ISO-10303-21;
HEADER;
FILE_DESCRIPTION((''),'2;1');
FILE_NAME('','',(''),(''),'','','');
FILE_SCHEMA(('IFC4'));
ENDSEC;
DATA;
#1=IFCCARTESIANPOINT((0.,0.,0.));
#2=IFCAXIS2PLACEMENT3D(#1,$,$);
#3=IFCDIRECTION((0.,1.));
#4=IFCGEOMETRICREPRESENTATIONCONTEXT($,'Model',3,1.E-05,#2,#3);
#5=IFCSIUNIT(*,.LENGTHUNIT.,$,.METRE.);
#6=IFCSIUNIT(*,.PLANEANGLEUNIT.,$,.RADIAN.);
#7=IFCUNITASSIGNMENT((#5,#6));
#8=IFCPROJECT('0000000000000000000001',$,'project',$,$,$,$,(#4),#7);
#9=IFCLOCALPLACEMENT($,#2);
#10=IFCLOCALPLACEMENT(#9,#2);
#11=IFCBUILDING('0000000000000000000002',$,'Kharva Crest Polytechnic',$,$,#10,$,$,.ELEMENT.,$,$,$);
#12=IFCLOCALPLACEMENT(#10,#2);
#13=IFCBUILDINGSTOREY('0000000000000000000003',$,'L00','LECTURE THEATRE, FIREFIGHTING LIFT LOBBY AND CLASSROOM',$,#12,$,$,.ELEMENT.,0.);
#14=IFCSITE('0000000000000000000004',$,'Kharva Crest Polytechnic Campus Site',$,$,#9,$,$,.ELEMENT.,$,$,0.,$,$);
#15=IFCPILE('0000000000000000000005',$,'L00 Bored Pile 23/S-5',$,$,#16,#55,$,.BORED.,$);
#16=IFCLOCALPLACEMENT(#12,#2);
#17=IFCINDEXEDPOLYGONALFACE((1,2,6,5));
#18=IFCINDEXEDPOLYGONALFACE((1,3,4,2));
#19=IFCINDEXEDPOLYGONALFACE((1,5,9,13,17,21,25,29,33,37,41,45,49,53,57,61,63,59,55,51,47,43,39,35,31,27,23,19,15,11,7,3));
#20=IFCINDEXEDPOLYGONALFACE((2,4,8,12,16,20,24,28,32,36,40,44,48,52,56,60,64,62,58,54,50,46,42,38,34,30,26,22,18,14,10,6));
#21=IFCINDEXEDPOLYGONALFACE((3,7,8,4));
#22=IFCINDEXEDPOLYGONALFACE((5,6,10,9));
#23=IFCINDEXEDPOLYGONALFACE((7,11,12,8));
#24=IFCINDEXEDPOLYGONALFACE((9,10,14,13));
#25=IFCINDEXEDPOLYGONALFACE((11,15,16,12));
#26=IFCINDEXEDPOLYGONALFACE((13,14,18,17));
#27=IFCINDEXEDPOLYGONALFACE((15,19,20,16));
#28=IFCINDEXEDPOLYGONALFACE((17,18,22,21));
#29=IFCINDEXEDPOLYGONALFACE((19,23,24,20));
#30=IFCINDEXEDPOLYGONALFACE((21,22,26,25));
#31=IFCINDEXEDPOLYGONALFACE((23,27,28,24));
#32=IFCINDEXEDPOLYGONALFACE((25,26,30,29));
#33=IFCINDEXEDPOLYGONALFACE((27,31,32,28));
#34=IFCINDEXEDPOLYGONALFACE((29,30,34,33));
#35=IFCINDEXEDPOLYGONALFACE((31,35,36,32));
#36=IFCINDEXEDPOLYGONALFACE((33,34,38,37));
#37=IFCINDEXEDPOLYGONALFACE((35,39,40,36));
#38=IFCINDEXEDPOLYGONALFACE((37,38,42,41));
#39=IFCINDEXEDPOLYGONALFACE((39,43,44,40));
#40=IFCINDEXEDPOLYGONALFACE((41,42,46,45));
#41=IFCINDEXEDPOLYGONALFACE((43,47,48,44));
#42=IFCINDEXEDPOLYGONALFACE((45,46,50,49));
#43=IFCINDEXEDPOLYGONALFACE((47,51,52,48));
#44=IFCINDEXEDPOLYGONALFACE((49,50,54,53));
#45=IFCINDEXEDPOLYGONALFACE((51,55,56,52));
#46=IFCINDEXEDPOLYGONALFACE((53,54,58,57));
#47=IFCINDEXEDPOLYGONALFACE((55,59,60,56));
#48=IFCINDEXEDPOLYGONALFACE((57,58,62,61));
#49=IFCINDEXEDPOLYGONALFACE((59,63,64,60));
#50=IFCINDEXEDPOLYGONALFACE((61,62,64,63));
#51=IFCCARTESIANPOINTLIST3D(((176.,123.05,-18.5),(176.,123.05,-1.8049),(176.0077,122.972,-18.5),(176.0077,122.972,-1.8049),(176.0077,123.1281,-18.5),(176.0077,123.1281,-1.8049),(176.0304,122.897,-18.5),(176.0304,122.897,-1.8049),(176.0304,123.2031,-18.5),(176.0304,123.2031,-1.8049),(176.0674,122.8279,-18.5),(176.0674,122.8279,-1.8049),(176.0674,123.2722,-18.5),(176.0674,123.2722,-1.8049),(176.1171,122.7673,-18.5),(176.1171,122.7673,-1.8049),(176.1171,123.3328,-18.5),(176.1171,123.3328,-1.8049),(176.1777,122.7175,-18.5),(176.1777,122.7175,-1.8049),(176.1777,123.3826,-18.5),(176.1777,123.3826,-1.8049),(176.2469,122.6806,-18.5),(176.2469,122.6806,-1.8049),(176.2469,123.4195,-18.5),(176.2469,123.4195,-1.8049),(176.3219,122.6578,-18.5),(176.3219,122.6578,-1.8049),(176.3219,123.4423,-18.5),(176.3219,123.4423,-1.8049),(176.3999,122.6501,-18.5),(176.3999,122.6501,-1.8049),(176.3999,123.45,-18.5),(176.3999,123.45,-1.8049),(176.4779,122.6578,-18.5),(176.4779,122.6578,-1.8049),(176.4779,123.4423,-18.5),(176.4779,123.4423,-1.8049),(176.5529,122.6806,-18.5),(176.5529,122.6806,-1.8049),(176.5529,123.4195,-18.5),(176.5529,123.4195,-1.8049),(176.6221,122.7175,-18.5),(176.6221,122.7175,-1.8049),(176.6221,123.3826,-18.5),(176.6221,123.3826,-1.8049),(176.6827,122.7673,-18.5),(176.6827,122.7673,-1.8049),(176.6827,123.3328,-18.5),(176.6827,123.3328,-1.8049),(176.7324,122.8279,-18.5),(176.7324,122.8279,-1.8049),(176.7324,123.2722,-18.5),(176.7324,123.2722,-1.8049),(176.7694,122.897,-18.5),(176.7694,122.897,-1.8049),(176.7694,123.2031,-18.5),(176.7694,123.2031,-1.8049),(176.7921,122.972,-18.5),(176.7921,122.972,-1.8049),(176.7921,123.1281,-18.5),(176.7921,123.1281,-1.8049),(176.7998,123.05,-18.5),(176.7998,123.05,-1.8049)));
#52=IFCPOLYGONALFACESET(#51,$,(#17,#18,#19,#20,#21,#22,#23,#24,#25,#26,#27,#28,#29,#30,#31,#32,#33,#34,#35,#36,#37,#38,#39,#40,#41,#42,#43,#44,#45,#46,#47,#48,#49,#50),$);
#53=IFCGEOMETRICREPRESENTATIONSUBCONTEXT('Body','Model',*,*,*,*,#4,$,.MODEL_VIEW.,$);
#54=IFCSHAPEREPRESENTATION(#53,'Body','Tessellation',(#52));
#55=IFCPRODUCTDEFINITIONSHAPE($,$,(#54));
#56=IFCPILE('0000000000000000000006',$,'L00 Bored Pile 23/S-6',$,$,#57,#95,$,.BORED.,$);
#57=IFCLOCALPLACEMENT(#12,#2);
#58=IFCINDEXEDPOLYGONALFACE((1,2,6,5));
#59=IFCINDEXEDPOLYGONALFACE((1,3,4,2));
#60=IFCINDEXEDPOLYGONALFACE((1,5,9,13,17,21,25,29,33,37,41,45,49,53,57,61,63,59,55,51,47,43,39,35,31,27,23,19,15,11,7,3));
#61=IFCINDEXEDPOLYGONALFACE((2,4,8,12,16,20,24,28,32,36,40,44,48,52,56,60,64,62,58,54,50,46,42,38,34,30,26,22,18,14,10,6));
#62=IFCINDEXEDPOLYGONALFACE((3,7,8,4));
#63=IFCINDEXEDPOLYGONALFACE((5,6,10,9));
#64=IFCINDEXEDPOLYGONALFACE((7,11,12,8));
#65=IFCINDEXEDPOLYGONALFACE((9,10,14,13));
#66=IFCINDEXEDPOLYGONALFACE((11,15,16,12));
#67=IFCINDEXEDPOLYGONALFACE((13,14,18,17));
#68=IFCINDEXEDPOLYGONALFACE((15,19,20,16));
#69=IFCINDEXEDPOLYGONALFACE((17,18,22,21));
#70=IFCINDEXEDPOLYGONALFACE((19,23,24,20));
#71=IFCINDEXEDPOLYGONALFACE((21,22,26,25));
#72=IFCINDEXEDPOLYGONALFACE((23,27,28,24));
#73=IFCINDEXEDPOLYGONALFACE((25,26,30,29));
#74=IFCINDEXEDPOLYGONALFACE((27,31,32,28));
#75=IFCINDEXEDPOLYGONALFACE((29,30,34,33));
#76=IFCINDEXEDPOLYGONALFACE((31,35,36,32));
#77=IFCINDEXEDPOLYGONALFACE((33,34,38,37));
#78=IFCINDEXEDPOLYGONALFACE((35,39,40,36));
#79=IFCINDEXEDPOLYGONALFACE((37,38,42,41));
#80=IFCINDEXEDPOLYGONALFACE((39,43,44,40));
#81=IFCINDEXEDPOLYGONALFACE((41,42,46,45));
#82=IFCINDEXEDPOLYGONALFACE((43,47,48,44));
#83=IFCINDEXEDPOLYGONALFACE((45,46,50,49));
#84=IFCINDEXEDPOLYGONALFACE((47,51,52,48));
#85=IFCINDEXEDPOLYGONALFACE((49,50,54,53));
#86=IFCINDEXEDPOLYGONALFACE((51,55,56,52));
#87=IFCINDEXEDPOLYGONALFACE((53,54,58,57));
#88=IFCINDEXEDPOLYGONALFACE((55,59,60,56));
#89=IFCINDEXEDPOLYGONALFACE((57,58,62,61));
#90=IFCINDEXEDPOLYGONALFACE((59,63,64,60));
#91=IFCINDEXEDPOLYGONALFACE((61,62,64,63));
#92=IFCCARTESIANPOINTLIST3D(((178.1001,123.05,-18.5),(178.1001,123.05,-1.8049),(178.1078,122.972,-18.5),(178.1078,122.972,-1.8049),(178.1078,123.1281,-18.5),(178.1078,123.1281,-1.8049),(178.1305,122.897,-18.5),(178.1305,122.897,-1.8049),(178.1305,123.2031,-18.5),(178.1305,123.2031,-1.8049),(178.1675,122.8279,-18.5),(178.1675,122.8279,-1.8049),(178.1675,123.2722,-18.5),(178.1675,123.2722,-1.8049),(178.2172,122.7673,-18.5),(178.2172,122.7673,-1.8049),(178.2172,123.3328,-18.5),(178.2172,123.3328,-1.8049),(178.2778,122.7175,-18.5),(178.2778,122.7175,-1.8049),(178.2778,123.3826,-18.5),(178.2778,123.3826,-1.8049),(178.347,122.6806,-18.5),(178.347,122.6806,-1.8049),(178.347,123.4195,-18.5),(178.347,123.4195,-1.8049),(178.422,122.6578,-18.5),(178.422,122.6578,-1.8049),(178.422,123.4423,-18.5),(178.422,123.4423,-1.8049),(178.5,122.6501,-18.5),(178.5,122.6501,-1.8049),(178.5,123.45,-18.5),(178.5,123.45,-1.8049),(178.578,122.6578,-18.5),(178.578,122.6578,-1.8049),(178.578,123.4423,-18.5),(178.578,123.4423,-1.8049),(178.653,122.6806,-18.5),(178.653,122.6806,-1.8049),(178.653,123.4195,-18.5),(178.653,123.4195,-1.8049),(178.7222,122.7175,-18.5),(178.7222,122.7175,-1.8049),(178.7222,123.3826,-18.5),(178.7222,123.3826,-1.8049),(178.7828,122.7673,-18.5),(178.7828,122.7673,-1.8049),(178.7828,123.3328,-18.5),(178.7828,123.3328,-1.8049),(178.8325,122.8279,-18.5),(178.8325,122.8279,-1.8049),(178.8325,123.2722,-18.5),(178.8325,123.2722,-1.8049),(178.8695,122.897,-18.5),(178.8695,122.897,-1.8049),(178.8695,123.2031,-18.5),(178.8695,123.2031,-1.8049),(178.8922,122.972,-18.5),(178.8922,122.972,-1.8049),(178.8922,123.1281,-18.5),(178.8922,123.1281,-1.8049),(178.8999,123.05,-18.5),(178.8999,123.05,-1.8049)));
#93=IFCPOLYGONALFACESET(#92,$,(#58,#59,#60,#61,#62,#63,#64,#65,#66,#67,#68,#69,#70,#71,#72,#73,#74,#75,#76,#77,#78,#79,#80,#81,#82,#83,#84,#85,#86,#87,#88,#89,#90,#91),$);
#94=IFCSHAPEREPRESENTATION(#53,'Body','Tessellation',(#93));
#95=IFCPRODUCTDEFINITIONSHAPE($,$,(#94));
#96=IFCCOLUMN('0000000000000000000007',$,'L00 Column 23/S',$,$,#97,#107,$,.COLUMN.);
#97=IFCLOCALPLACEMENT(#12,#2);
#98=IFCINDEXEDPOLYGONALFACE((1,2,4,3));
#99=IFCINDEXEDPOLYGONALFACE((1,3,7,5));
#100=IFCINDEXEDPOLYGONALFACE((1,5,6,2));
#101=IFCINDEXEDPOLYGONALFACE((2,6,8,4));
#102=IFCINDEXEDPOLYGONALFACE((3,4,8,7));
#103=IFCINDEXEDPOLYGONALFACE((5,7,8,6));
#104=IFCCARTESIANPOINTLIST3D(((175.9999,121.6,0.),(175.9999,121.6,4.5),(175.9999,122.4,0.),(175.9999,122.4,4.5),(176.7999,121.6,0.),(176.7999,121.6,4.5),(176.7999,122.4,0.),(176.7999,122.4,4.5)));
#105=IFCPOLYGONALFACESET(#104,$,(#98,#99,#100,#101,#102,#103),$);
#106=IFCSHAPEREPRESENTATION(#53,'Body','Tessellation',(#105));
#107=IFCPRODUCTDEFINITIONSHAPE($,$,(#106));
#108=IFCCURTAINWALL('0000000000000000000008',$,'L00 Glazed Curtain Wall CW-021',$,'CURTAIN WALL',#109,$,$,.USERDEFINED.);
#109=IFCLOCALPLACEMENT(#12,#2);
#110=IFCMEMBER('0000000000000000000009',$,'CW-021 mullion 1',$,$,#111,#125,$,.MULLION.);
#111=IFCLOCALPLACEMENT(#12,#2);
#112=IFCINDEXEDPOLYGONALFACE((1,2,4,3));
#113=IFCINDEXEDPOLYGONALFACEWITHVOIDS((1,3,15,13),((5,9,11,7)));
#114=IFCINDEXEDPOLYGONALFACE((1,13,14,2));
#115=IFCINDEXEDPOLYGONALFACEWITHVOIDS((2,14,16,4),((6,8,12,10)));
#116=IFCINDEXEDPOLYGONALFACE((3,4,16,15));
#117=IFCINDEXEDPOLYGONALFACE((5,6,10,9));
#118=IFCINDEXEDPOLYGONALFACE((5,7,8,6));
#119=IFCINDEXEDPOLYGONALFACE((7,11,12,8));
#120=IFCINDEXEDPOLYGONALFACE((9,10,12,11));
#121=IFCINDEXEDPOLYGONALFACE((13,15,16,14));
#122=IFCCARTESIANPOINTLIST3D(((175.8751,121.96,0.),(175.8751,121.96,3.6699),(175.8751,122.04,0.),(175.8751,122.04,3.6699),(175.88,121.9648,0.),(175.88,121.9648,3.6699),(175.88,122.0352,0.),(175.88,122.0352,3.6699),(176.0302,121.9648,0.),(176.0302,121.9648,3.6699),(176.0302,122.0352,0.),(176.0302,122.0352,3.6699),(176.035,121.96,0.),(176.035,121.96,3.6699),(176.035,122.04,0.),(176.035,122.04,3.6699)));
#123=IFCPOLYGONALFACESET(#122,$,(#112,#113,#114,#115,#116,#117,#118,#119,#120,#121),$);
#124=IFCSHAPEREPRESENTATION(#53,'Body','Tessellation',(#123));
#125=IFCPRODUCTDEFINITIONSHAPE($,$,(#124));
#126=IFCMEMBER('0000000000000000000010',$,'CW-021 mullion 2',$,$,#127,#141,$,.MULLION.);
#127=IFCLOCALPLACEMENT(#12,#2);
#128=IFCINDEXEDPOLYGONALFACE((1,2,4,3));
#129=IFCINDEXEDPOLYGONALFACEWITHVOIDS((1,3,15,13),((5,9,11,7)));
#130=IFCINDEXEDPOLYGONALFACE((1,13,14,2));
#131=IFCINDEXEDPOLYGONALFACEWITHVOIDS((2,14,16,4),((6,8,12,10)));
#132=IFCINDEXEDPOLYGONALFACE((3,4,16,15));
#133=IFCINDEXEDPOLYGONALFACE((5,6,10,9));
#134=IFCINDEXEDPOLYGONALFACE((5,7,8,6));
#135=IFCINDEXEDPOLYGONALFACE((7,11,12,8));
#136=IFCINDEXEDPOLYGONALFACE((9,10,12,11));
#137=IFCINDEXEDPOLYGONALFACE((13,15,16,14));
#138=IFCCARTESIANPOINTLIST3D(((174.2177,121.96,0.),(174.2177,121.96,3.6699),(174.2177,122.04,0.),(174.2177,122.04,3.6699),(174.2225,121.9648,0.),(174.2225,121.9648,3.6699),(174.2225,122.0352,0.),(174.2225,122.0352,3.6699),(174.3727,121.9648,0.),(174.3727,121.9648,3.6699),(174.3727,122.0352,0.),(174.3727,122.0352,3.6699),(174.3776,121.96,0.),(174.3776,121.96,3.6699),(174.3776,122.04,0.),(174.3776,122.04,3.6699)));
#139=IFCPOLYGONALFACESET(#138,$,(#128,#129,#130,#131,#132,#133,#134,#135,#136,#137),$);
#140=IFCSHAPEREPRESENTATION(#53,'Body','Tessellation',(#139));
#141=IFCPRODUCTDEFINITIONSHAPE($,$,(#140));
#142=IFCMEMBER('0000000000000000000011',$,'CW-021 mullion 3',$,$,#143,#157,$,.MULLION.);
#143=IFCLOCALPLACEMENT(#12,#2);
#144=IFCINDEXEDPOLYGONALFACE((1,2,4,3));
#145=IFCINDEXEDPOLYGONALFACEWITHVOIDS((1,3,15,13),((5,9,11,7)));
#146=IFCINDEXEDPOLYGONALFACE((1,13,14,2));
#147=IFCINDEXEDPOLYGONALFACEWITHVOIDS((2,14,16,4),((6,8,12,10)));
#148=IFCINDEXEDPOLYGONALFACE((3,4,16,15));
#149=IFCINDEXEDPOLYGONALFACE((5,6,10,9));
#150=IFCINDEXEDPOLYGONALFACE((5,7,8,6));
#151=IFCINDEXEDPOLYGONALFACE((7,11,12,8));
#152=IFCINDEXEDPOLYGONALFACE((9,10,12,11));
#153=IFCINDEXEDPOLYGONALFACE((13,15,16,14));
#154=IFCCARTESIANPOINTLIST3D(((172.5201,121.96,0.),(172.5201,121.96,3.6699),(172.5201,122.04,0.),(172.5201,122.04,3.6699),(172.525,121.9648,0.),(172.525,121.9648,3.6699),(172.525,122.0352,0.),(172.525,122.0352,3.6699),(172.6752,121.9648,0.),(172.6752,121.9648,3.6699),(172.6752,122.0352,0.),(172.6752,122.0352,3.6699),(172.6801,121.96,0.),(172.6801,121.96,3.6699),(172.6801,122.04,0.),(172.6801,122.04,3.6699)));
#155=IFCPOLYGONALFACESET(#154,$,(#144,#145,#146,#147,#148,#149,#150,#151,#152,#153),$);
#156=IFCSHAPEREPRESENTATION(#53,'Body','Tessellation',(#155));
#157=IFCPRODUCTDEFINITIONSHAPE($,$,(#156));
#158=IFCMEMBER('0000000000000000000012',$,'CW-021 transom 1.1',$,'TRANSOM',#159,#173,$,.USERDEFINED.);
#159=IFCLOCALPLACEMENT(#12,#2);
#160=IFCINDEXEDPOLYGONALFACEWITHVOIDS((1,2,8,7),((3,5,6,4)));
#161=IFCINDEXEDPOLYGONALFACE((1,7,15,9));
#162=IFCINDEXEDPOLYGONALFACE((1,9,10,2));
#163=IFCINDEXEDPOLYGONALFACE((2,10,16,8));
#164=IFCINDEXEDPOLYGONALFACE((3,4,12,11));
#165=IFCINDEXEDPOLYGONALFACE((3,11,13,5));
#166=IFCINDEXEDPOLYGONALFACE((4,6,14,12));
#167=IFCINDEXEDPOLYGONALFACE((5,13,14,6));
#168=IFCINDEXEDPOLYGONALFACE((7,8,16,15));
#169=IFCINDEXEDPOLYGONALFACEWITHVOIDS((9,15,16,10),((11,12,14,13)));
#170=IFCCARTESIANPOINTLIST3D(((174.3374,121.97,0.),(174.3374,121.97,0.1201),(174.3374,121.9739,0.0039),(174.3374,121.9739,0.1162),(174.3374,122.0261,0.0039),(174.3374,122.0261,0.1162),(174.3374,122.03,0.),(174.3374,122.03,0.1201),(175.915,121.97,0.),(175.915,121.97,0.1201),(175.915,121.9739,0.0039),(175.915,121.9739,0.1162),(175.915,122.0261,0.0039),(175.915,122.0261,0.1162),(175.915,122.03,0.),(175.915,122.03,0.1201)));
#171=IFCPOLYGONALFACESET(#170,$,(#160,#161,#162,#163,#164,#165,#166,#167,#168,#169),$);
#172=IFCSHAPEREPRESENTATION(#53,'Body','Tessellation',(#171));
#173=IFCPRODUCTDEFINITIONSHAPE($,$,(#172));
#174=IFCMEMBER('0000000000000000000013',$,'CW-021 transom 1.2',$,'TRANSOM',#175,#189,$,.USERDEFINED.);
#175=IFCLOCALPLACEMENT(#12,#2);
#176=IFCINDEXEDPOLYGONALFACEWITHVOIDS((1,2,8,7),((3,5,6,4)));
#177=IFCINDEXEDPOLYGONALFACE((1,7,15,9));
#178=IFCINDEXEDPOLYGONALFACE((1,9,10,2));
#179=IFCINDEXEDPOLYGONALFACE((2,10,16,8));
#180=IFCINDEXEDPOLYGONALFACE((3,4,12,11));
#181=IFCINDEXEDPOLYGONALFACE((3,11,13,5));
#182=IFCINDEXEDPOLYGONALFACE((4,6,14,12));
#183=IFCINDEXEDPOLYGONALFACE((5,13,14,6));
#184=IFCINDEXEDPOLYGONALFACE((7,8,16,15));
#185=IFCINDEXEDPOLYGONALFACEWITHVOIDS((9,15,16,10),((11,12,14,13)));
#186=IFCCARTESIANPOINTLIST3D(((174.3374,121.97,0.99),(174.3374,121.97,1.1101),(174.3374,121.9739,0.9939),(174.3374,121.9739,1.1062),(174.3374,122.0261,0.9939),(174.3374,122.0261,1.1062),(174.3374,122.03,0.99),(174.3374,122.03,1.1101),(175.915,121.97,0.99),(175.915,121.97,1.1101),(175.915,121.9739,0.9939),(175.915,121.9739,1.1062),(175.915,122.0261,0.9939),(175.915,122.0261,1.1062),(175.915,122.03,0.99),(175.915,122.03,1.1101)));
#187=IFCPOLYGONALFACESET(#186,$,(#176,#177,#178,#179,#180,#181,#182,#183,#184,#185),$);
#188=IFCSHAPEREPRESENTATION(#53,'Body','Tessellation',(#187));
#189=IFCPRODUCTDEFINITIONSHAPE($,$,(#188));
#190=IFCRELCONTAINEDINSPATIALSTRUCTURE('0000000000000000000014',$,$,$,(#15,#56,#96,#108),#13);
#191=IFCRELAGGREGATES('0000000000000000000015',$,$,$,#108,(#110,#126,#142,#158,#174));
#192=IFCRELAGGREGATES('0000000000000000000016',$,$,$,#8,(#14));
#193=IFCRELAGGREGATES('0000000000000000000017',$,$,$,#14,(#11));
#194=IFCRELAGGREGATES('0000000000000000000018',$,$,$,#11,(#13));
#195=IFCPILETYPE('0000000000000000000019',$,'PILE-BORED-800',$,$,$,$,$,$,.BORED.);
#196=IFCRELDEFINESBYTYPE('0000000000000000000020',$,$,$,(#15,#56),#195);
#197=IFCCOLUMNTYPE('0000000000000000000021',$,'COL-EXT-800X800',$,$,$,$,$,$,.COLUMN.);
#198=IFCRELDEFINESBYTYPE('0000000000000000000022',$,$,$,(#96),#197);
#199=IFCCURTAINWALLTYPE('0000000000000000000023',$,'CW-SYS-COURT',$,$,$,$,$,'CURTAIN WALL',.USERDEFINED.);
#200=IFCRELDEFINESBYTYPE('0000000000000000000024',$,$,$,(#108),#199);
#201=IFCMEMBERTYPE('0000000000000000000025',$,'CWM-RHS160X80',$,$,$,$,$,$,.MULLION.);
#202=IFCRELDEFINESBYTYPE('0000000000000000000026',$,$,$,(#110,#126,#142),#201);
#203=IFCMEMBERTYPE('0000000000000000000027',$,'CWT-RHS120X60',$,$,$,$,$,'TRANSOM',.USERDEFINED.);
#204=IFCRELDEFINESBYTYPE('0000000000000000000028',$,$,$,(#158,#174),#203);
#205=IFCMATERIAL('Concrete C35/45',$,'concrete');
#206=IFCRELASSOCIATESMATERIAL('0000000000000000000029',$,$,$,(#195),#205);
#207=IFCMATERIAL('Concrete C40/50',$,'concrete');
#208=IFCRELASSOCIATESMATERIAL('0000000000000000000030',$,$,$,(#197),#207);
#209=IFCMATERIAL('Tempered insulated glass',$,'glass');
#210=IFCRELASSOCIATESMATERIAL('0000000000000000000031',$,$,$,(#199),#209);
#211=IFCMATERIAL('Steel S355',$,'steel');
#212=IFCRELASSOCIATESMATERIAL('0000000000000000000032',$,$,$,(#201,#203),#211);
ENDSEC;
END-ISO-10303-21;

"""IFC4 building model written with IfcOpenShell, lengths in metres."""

from ifc_helpers import new_model, si_unit, direction, frame, origin, origin_2d, place, context, subcontext, project, spatial, rectangle, hollow_rectangle, circle, extrude, material, material_profile, profile_set, type_object, element, aggregate, save


model = new_model("IFC4")

# Units and contexts
model_context = context("Model", 3, precision=1e-05, world=origin(), true_north=direction((0.0, 1.0)))
body_context = subcontext(model_context, "Body", "Model", "MODEL_VIEW")
ifc_project = project(units=[si_unit("LENGTHUNIT", "METRE"), si_unit("PLANEANGLEUNIT", "RADIAN")], contexts=[model_context])

# Site, building, storey
site_placement = place(None, origin())
site = spatial("IfcSite", under=ifc_project, at=site_placement, Name="Kharva Crest Polytechnic Campus Site", CompositionType="ELEMENT", RefElevation=0.0)
building_placement = place(site_placement, origin())
building = spatial("IfcBuilding", under=site, at=building_placement, Name="Kharva Crest Polytechnic", CompositionType="ELEMENT")
storey_placement = place(building_placement, origin())
storey = spatial("IfcBuildingStorey", under=building, at=storey_placement, Name="L00", Description="LECTURE THEATRE, FIREFIGHTING LIFT LOBBY AND CLASSROOM", CompositionType="ELEMENT", Elevation=0.0)

# Shared definitions
ifc_material_1 = material(Name="Concrete C35/45", Category="concrete")

# Piles
ifc_material_profile_1 = material_profile(ifc_material_1, circle(Radius=0.3999, at=origin_2d()), Name="DIA 800")
ifc_profile_set_1 = profile_set([ifc_material_profile_1], Name="Concrete C35/45")
pile_type = type_object("IfcPileType", Name="PILE-BORED-800", PredefinedType="BORED", material=ifc_profile_set_1)
for number, where, z_axis, x_axis, name in (
    (1, (176.3999, 123.05, -1.8049), (0.0, 0.0, -1.0), (1.0, 0.0, 0.0), "L00 Bored Pile 23/S-5"),
    (2, (178.5, 123.05, -1.8049), (0.0, 0.0, -1.0), (1.0, 0.0, 0.0), "L00 Bored Pile 23/S-6"),
):
    element("IfcPile", number, at=place(storey_placement, frame(where, z_axis=z_axis, x_axis=x_axis)), inside=storey, type_object=pile_type, Name=name, PredefinedType="BORED", context=body_context, shape_type="SweptSolid", body=[
        extrude(circle(Radius=0.3999, at=origin_2d()), origin(), (0.0, 0.0, 1.0), 16.6951),
    ])

# Column
ifc_material_2 = material(Name="Concrete C40/50", Category="concrete")
ifc_material_profile_2 = material_profile(ifc_material_2, rectangle(XDim=0.8, YDim=0.8, at=origin_2d()), Name="RECT 800 X 800")
ifc_profile_set_2 = profile_set([ifc_material_profile_2], Name="Concrete C40/50")
column_type = type_object("IfcColumnType", Name="COL-EXT-800X800", PredefinedType="COLUMN", material=ifc_profile_set_2)
column_placement = place(storey_placement, frame((176.3999, 122.0, 0.0), z_axis=(0.0, 0.0, 1.0), x_axis=(1.0, 0.0, 0.0)))
element("IfcColumn", 3, at=column_placement, inside=storey, type_object=column_type, Name="L00 Column 23/S", PredefinedType="COLUMN", context=body_context, shape_type="SweptSolid", body=[
    extrude(rectangle(XDim=0.8, YDim=0.8, at=origin_2d()), origin(), (0.0, 0.0, 1.0), 4.5),
])

# Curtain wall, members
ifc_material_3 = material(Name="Tempered insulated glass", Category="glass")
curtain_wall_type = type_object("IfcCurtainWallType", Name="CW-SYS-COURT", ElementType="CURTAIN WALL", PredefinedType="USERDEFINED", material=ifc_material_3)
curtain_wall_placement = place(storey_placement, origin())
curtain_wall = element("IfcCurtainWall", 4, at=curtain_wall_placement, inside=storey, type_object=curtain_wall_type, Name="L00 Glazed Curtain Wall CW-021", ObjectType="CURTAIN WALL", PredefinedType="USERDEFINED")
ifc_material_4 = material(Name="Steel S355", Category="steel")
ifc_material_profile_3 = material_profile(ifc_material_4, hollow_rectangle(XDim=0.0801, YDim=0.1599, WallThickness=0.0049, at=origin_2d()), Name="RHS 160X80X5.0")
ifc_profile_set_3 = profile_set([ifc_material_profile_3], Name="Steel S355")
member_type_1 = type_object("IfcMemberType", Name="CWM-RHS160X80", PredefinedType="MULLION", material=ifc_profile_set_3)
member_1_placement = place(storey_placement, frame((175.9551, 122.0, 0.0), z_axis=(0.0, 0.0, 1.0), x_axis=(0.0, -1.0, 0.0)))
member_1 = element("IfcMember", 5, at=member_1_placement, type_object=member_type_1, Name="CW-021 mullion 1", PredefinedType="MULLION", context=body_context, shape_type="SweptSolid", body=[
    extrude(hollow_rectangle(XDim=0.0801, YDim=0.1599, WallThickness=0.0049, at=origin_2d()), origin(), (0.0, 0.0, 1.0), 3.6699),
])
member_2_placement = place(storey_placement, frame((174.2976, 122.0, 0.0), z_axis=(0.0, 0.0, 1.0), x_axis=(0.0, -1.0, 0.0)))
member_2 = element("IfcMember", 6, at=member_2_placement, type_object=member_type_1, Name="CW-021 mullion 2", PredefinedType="MULLION", context=body_context, shape_type="SweptSolid", body=[
    extrude(hollow_rectangle(XDim=0.0801, YDim=0.1599, WallThickness=0.0049, at=origin_2d()), origin(), (0.0, 0.0, 1.0), 3.6699),
])
member_3_placement = place(storey_placement, frame((172.6001, 122.0, 0.0), z_axis=(0.0, 0.0, 1.0), x_axis=(0.0, -1.0, 0.0)))
member_3 = element("IfcMember", 7, at=member_3_placement, type_object=member_type_1, Name="CW-021 mullion 3", PredefinedType="MULLION", context=body_context, shape_type="SweptSolid", body=[
    extrude(hollow_rectangle(XDim=0.0801, YDim=0.1599, WallThickness=0.0049, at=origin_2d()), origin(), (0.0, 0.0, 1.0), 3.6699),
])
ifc_material_profile_4 = material_profile(ifc_material_4, hollow_rectangle(XDim=0.0601, YDim=0.1201, WallThickness=0.0039, at=origin_2d()), Name="RHS 120X60X4.0")
ifc_profile_set_4 = profile_set([ifc_material_profile_4], Name="Steel S355")
member_type_2 = type_object("IfcMemberType", Name="CWT-RHS120X60", ElementType="TRANSOM", PredefinedType="USERDEFINED", material=ifc_profile_set_4)
member_4_placement = place(storey_placement, frame((175.915, 122.0, 0.0601), z_axis=(-1.0, 0.0, 0.0), x_axis=(0.0, -1.0, 0.0)))
member_4 = element("IfcMember", 8, at=member_4_placement, type_object=member_type_2, Name="CW-021 transom 1.1", ObjectType="TRANSOM", PredefinedType="USERDEFINED", context=body_context, shape_type="SweptSolid", body=[
    extrude(hollow_rectangle(XDim=0.0601, YDim=0.1201, WallThickness=0.0039, at=origin_2d()), origin(), (0.0, 0.0, 1.0), 1.5776),
])
member_5_placement = place(storey_placement, frame((175.915, 122.0, 1.05), z_axis=(-1.0, 0.0, 0.0), x_axis=(0.0, -1.0, 0.0)))
member_5 = element("IfcMember", 9, at=member_5_placement, type_object=member_type_2, Name="CW-021 transom 1.2", ObjectType="TRANSOM", PredefinedType="USERDEFINED", context=body_context, shape_type="SweptSolid", body=[
    extrude(hollow_rectangle(XDim=0.0601, YDim=0.1201, WallThickness=0.0039, at=origin_2d()), origin(), (0.0, 0.0, 1.0), 1.5776),
])

aggregate(curtain_wall, [member_1, member_2, member_3, member_4, member_5])

save(model, "model.ifc")
